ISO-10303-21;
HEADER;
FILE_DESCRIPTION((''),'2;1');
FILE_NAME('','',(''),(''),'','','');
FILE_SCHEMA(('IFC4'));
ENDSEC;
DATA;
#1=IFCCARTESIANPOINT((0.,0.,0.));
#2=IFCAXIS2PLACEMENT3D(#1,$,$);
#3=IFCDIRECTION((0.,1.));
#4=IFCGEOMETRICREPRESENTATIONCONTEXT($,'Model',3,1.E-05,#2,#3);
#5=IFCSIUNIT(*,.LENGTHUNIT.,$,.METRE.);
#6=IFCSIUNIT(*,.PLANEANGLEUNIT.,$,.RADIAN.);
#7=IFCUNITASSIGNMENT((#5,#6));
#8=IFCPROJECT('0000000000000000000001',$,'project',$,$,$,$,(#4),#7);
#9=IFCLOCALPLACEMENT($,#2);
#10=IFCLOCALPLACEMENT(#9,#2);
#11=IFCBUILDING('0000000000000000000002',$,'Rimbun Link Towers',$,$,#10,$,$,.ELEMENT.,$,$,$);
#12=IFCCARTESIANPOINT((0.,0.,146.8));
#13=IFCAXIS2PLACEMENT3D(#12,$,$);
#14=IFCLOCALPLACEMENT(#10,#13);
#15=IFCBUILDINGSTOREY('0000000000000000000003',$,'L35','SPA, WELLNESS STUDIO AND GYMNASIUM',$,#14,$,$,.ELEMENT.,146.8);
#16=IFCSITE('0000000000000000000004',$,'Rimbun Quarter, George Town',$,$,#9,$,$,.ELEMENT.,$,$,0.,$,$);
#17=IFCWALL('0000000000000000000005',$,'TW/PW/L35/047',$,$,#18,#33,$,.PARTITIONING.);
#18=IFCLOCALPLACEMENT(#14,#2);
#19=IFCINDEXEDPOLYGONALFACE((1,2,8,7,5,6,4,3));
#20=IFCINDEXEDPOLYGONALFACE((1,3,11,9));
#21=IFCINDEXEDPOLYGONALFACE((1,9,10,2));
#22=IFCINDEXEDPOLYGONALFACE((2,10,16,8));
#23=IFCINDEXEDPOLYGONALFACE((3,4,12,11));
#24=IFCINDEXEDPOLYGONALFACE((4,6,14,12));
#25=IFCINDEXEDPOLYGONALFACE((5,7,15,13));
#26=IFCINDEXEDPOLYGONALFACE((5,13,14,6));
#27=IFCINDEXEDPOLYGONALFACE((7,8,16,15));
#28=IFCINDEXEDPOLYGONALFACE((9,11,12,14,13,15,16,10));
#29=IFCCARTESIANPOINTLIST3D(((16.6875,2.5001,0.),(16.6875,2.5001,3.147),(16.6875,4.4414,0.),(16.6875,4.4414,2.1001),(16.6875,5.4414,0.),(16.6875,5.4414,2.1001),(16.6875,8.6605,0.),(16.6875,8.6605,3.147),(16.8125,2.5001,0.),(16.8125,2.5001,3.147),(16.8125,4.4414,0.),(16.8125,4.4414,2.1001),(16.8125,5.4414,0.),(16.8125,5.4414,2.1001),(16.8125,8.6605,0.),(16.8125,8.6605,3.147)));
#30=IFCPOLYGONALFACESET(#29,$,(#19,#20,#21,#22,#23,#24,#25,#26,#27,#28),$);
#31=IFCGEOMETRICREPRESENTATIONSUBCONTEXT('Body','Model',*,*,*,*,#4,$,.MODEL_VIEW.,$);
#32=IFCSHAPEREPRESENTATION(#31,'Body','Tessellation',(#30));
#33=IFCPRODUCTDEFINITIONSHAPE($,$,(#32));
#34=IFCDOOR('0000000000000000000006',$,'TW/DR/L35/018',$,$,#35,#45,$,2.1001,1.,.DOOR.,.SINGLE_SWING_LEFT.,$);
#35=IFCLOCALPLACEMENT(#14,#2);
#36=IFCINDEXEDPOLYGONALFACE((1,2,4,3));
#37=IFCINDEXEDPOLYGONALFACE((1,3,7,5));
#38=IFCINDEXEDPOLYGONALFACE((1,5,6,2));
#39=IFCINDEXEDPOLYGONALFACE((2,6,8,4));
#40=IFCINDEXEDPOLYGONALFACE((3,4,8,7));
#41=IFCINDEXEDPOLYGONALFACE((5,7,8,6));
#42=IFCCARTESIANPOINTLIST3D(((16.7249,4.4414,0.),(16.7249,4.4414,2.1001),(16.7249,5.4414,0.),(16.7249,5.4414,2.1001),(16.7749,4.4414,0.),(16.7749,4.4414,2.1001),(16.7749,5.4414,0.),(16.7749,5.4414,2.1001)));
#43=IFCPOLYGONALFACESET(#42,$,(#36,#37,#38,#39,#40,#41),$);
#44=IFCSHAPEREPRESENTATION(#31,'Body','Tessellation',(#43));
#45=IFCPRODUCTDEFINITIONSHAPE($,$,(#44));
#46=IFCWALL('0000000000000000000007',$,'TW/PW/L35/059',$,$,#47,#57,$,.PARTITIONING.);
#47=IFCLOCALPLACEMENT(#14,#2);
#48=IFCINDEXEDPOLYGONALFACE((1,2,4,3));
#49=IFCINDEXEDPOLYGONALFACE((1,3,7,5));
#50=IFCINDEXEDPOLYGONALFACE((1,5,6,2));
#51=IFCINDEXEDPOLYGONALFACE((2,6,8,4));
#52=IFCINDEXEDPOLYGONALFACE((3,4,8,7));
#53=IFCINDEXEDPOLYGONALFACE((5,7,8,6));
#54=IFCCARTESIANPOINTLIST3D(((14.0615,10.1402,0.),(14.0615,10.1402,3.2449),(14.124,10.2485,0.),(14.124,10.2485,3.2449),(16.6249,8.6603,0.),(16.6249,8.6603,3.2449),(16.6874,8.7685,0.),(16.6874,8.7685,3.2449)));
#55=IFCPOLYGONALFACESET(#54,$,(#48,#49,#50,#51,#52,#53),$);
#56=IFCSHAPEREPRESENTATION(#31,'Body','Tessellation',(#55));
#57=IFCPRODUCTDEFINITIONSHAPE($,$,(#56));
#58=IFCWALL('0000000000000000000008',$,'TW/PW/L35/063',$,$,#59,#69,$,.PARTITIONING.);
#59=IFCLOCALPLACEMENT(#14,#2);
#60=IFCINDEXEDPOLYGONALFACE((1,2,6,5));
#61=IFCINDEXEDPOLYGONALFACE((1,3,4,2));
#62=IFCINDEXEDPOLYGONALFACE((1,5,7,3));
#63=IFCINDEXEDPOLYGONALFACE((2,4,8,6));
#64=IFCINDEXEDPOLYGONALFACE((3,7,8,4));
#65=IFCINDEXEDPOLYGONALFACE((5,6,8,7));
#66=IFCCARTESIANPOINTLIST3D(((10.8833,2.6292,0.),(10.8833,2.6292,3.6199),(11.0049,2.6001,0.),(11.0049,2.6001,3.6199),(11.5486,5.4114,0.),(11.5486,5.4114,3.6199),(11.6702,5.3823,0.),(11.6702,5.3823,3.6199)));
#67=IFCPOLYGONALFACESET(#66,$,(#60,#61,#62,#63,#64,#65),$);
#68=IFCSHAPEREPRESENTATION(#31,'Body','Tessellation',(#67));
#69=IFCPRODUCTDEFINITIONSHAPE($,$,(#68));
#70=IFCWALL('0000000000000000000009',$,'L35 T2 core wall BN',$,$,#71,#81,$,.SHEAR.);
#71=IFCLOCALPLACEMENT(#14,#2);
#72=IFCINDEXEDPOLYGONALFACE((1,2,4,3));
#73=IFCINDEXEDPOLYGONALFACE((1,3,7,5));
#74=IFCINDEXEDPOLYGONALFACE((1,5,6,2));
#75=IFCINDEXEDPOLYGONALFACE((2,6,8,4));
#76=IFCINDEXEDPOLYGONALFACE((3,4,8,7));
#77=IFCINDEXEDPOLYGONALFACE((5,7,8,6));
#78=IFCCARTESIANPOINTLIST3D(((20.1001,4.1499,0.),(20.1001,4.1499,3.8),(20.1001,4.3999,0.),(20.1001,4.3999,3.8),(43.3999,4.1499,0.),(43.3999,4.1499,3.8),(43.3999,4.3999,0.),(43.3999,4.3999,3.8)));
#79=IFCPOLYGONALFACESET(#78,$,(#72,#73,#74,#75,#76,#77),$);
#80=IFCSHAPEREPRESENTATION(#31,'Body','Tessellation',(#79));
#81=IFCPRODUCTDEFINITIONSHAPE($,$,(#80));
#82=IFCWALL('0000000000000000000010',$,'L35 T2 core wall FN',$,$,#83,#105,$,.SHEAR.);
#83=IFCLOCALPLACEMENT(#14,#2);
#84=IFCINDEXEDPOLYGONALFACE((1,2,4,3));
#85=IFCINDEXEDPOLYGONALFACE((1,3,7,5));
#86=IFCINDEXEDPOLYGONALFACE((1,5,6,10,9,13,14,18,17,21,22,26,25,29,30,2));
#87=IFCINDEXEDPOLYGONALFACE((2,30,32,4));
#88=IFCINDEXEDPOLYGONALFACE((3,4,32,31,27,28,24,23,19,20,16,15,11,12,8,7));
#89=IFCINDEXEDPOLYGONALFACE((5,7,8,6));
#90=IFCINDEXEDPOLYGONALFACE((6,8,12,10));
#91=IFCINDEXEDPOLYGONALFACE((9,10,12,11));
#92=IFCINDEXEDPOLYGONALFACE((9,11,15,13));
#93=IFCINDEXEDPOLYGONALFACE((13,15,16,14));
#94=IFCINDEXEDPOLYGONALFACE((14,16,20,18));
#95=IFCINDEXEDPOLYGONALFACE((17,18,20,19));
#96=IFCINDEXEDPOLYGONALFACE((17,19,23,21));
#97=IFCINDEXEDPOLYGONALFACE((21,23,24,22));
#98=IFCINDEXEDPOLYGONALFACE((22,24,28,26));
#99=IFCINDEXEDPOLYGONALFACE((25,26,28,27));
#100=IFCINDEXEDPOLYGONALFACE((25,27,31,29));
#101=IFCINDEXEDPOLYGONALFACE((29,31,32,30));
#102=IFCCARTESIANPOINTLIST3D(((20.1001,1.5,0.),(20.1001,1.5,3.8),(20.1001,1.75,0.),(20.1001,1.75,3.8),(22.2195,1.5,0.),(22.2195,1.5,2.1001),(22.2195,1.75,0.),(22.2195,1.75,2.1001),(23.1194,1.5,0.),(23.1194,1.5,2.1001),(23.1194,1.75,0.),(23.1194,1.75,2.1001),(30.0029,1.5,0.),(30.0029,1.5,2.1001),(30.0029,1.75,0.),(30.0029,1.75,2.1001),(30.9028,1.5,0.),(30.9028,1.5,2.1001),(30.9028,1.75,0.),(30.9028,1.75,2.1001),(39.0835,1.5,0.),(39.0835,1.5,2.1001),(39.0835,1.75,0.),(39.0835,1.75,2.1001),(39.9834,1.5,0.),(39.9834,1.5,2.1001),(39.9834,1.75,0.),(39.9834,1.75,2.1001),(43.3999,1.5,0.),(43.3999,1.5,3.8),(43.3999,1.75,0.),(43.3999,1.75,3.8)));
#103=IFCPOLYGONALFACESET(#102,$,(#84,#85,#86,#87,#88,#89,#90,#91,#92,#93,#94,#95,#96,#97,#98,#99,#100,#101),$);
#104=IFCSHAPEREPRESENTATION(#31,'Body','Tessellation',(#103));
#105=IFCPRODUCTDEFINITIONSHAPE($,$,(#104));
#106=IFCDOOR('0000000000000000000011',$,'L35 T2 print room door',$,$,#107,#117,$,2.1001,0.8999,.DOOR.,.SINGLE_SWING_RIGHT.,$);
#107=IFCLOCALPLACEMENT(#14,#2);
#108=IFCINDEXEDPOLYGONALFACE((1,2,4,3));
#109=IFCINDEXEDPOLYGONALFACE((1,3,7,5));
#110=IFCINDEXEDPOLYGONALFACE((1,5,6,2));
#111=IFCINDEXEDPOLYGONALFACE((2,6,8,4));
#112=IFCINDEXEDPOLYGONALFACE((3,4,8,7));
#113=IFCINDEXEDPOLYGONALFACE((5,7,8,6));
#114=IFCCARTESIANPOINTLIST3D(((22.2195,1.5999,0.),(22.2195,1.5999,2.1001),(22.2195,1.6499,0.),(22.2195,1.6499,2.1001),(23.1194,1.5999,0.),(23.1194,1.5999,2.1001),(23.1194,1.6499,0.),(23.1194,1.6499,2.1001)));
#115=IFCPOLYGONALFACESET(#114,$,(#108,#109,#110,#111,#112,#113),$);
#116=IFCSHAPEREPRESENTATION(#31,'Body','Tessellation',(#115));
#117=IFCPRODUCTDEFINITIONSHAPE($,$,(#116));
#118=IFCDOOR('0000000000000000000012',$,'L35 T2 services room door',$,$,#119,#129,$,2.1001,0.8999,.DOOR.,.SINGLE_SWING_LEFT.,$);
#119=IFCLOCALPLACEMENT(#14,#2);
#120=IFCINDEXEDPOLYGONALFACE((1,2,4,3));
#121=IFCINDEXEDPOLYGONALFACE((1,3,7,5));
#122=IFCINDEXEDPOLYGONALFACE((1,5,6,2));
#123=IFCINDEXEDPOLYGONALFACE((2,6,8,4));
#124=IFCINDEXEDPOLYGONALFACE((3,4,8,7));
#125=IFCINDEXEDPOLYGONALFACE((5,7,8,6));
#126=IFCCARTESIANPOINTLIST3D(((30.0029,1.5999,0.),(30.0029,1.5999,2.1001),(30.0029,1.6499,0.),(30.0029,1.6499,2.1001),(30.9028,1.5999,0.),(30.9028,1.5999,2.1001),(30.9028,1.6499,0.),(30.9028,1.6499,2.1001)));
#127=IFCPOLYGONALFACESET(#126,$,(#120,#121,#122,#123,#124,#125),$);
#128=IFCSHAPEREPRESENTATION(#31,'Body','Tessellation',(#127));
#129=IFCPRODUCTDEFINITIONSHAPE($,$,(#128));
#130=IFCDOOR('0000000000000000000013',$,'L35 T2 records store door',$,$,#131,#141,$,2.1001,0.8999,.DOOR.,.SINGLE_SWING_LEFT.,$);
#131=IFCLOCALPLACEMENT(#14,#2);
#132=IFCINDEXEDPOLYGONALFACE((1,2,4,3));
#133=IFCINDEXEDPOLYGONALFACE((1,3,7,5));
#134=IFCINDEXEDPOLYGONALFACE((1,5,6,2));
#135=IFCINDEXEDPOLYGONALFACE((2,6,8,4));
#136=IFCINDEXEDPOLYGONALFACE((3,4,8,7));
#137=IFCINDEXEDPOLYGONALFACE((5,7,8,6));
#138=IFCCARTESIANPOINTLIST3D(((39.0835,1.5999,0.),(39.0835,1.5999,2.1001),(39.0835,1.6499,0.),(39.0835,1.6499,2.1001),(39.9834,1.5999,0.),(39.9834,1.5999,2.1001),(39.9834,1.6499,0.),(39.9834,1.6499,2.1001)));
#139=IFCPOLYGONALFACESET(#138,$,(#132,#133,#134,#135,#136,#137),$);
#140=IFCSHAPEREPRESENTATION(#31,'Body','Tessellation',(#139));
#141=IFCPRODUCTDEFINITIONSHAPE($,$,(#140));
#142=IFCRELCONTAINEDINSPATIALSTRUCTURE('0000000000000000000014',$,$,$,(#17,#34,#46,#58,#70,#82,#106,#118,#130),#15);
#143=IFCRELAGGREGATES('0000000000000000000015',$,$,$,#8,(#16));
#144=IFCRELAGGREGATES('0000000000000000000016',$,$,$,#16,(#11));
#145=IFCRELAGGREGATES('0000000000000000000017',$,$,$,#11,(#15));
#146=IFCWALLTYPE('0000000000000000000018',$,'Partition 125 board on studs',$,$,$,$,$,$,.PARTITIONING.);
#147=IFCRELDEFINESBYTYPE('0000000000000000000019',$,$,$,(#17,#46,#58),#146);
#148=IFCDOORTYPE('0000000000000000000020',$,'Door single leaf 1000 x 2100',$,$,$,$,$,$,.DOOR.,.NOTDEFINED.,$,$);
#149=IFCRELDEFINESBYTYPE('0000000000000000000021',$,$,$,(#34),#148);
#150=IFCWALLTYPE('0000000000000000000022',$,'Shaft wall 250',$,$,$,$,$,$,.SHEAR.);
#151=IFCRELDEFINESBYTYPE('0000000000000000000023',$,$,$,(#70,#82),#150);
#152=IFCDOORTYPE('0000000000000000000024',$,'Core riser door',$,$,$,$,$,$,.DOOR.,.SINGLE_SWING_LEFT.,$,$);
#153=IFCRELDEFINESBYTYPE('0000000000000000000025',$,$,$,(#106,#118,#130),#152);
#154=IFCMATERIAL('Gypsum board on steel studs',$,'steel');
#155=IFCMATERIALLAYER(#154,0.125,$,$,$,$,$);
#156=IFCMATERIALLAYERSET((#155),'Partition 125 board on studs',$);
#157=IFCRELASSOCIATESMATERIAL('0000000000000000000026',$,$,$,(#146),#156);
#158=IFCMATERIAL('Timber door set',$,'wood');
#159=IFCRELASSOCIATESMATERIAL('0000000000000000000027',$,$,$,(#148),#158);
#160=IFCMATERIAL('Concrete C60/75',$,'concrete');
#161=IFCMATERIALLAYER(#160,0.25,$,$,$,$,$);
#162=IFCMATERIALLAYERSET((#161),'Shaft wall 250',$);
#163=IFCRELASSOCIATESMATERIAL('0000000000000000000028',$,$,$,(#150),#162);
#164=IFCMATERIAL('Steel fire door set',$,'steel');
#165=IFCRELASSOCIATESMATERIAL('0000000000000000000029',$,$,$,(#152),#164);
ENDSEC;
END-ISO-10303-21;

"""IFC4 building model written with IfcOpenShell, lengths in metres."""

from ifc_helpers import new_model, si_unit, direction, frame, frame_2d, origin, place, context, subcontext, project, spatial, rectangle, extrude, material, layer, layer_set, type_object, element, fill, save


model = new_model("IFC4")

# Units and contexts
model_context = context("Model", 3, precision=1e-05, world=origin(), true_north=direction((0.0, 1.0)))
body_context = subcontext(model_context, "Body", "Model", "MODEL_VIEW")
ifc_project = project(units=[si_unit("LENGTHUNIT", "METRE"), si_unit("PLANEANGLEUNIT", "RADIAN")], contexts=[model_context])

# Site, building, storey
site_placement = place(None, origin())
site = spatial("IfcSite", under=ifc_project, at=site_placement, Name="Rimbun Quarter, George Town", CompositionType="ELEMENT", RefElevation=0.0)
building_placement = place(site_placement, origin())
building = spatial("IfcBuilding", under=site, at=building_placement, Name="Rimbun Link Towers", CompositionType="ELEMENT")
storey_placement = place(building_placement, frame((0.0, 0.0, 146.8)))
storey = spatial("IfcBuildingStorey", under=building, at=storey_placement, Name="L35", Description="SPA, WELLNESS STUDIO AND GYMNASIUM", CompositionType="ELEMENT", Elevation=146.8)

# Shared definitions
ifc_material_1 = material(Name="Gypsum board on steel studs", Category="steel")
ifc_layer_1 = layer(ifc_material_1, 0.125)
ifc_layer_set_1 = layer_set([ifc_layer_1], Name="Partition 125 board on studs")
wall_type_1 = type_object("IfcWallType", Name="Partition 125 board on studs", PredefinedType="PARTITIONING", material=ifc_layer_set_1)

# Wall, opening, door
wall_1_placement = place(storey_placement, frame((16.75, 8.6604, 0.0), z_axis=(0.0, 0.0, 1.0), x_axis=(0.0, -1.0, 0.0)))
wall_1 = element("IfcWall", 1, at=wall_1_placement, inside=storey, type_object=wall_type_1, Name="TW/PW/L35/047", PredefinedType="PARTITIONING", context=body_context, shape_type="SweptSolid", body=[
    extrude(rectangle(XDim=6.1604, YDim=0.125, at=frame_2d((3.0801, 0.0))), origin(), (0.0, 0.0, 1.0), 3.147),
])
opening_1_placement = place(wall_1_placement, frame((3.219, 0.0, 0.0)))
opening_1 = element("IfcOpeningElement", 2, at=opening_1_placement, cuts=wall_1, PredefinedType="OPENING", context=body_context, shape_type="SweptSolid", body=[
    extrude(rectangle(XDim=1.0, YDim=2.1001, at=frame_2d((0.5, 1.05))), frame((0.0, 0.0725, 0.0), z_axis=(0.0, -1.0, 0.0), x_axis=(1.0, 0.0, 0.0)), (0.0, 0.0, 1.0), 0.145),
])
ifc_material_2 = material(Name="Timber door set", Category="wood")
door_type_1 = type_object("IfcDoorType", Name="Door single leaf 1000 x 2100", OperationType="NOTDEFINED", PredefinedType="DOOR", material=ifc_material_2)
door_1_placement = place(opening_1_placement, origin())
door_1 = element("IfcDoor", 3, at=door_1_placement, inside=storey, type_object=door_type_1, Name="TW/DR/L35/018", OperationType="SINGLE_SWING_LEFT", OverallHeight=2.1001, OverallWidth=1.0, PredefinedType="DOOR", context=body_context, shape_type="SweptSolid", body=[
    extrude(rectangle(XDim=1.0, YDim=2.1001, at=frame_2d((0.5, 1.05))), frame((0.0, 0.0249, 0.0), z_axis=(0.0, -1.0, 0.0), x_axis=(1.0, 0.0, 0.0)), (0.0, 0.0, 1.0), 0.05),
])
fill(opening_1, door_1)

# Walls
wall_2_placement = place(storey_placement, frame((14.0928, 10.1943, 0.0), z_axis=(0.0, 0.0, 1.0), x_axis=(0.866032, -0.499989, 0.0)))
element("IfcWall", 4, at=wall_2_placement, inside=storey, type_object=wall_type_1, Name="TW/PW/L35/059", PredefinedType="PARTITIONING", context=body_context, shape_type="SweptSolid", body=[
    extrude(rectangle(XDim=2.96, YDim=0.125, at=frame_2d((1.48, 0.0))), origin(), (0.0, 0.0, 1.0), 3.2449),
])
wall_3_placement = place(storey_placement, frame((11.6094, 5.3967, 0.0), z_axis=(0.0, 0.0, 1.0), x_axis=(-0.232563, -0.972581, 0.0)))
element("IfcWall", 5, at=wall_3_placement, inside=storey, type_object=wall_type_1, Name="TW/PW/L35/063", PredefinedType="PARTITIONING", context=body_context, shape_type="SweptSolid", body=[
    extrude(rectangle(XDim=2.8606, YDim=0.125, at=frame_2d((1.4302, 0.0))), origin(), (0.0, 0.0, 1.0), 3.6199),
])
ifc_material_3 = material(Name="Concrete C60/75", Category="concrete")
ifc_layer_2 = layer(ifc_material_3, 0.25)
ifc_layer_set_2 = layer_set([ifc_layer_2], Name="Shaft wall 250")
wall_type_2 = type_object("IfcWallType", Name="Shaft wall 250", PredefinedType="SHEAR", material=ifc_layer_set_2)
wall_4_placement = place(storey_placement, frame((20.1001, 4.2749, 0.0), z_axis=(0.0, 0.0, 1.0), x_axis=(1.0, 0.0, 0.0)))
element("IfcWall", 6, at=wall_4_placement, inside=storey, type_object=wall_type_2, Name="L35 T2 core wall BN", PredefinedType="SHEAR", context=body_context, shape_type="SweptSolid", body=[
    extrude(rectangle(XDim=23.2998, YDim=0.25, at=frame_2d((11.6499, 0.0))), origin(), (0.0, 0.0, 1.0), 3.8),
])

# Wall, openings, doors
wall_5_placement = place(storey_placement, frame((20.1001, 1.625, 0.0), z_axis=(0.0, 0.0, 1.0), x_axis=(1.0, 0.0, 0.0)))
wall_5 = element("IfcWall", 7, at=wall_5_placement, inside=storey, type_object=wall_type_2, Name="L35 T2 core wall FN", PredefinedType="SHEAR", context=body_context, shape_type="SweptSolid", body=[
    extrude(rectangle(XDim=23.2998, YDim=0.25, at=frame_2d((11.6499, 0.0))), origin(), (0.0, 0.0, 1.0), 3.8),
])
opening_2_placement = place(wall_5_placement, frame((2.1194, 0.0, 0.0)))
opening_2 = element("IfcOpeningElement", 8, at=opening_2_placement, cuts=wall_5, PredefinedType="OPENING", context=body_context, shape_type="SweptSolid", body=[
    extrude(rectangle(XDim=0.8999, YDim=2.1001, at=frame_2d((0.45, 1.05))), frame((0.0, 0.135, 0.0), z_axis=(0.0, -1.0, 0.0), x_axis=(1.0, 0.0, 0.0)), (0.0, 0.0, 1.0), 0.27),
])
opening_3_placement = place(wall_5_placement, frame((9.9028, 0.0, 0.0)))
opening_3 = element("IfcOpeningElement", 9, at=opening_3_placement, cuts=wall_5, PredefinedType="OPENING", context=body_context, shape_type="SweptSolid", body=[
    extrude(rectangle(XDim=0.8999, YDim=2.1001, at=frame_2d((0.45, 1.05))), frame((0.0, 0.135, 0.0), z_axis=(0.0, -1.0, 0.0), x_axis=(1.0, 0.0, 0.0)), (0.0, 0.0, 1.0), 0.27),
])
opening_4_placement = place(wall_5_placement, frame((18.9834, 0.0, 0.0)))
opening_4 = element("IfcOpeningElement", 10, at=opening_4_placement, cuts=wall_5, PredefinedType="OPENING", context=body_context, shape_type="SweptSolid", body=[
    extrude(rectangle(XDim=0.8999, YDim=2.1001, at=frame_2d((0.45, 1.05))), frame((0.0, 0.135, 0.0), z_axis=(0.0, -1.0, 0.0), x_axis=(1.0, 0.0, 0.0)), (0.0, 0.0, 1.0), 0.27),
])
ifc_material_4 = material(Name="Steel fire door set", Category="steel")
door_type_2 = type_object("IfcDoorType", Name="Core riser door", OperationType="SINGLE_SWING_LEFT", PredefinedType="DOOR", material=ifc_material_4)
door_2_placement = place(opening_2_placement, origin())
door_2 = element("IfcDoor", 11, at=door_2_placement, inside=storey, type_object=door_type_2, Name="L35 T2 print room door", OperationType="SINGLE_SWING_RIGHT", OverallHeight=2.1001, OverallWidth=0.8999, PredefinedType="DOOR", context=body_context, shape_type="SweptSolid", body=[
    extrude(rectangle(XDim=0.8999, YDim=2.1001, at=frame_2d((0.45, 1.05))), frame((0.0, 0.0249, 0.0), z_axis=(0.0, -1.0, 0.0), x_axis=(1.0, 0.0, 0.0)), (0.0, 0.0, 1.0), 0.05),
])
fill(opening_2, door_2)
door_3_placement = place(opening_3_placement, origin())
door_3 = element("IfcDoor", 12, at=door_3_placement, inside=storey, type_object=door_type_2, Name="L35 T2 services room door", OperationType="SINGLE_SWING_LEFT", OverallHeight=2.1001, OverallWidth=0.8999, PredefinedType="DOOR", context=body_context, shape_type="SweptSolid", body=[
    extrude(rectangle(XDim=0.8999, YDim=2.1001, at=frame_2d((0.45, 1.05))), frame((0.0, 0.0249, 0.0), z_axis=(0.0, -1.0, 0.0), x_axis=(1.0, 0.0, 0.0)), (0.0, 0.0, 1.0), 0.05),
])
fill(opening_3, door_3)
door_4_placement = place(opening_4_placement, origin())
door_4 = element("IfcDoor", 13, at=door_4_placement, inside=storey, type_object=door_type_2, Name="L35 T2 records store door", OperationType="SINGLE_SWING_LEFT", OverallHeight=2.1001, OverallWidth=0.8999, PredefinedType="DOOR", context=body_context, shape_type="SweptSolid", body=[
    extrude(rectangle(XDim=0.8999, YDim=2.1001, at=frame_2d((0.45, 1.05))), frame((0.0, 0.0249, 0.0), z_axis=(0.0, -1.0, 0.0), x_axis=(1.0, 0.0, 0.0)), (0.0, 0.0, 1.0), 0.05),
])
fill(opening_4, door_4)

save(model, "model.ifc")
